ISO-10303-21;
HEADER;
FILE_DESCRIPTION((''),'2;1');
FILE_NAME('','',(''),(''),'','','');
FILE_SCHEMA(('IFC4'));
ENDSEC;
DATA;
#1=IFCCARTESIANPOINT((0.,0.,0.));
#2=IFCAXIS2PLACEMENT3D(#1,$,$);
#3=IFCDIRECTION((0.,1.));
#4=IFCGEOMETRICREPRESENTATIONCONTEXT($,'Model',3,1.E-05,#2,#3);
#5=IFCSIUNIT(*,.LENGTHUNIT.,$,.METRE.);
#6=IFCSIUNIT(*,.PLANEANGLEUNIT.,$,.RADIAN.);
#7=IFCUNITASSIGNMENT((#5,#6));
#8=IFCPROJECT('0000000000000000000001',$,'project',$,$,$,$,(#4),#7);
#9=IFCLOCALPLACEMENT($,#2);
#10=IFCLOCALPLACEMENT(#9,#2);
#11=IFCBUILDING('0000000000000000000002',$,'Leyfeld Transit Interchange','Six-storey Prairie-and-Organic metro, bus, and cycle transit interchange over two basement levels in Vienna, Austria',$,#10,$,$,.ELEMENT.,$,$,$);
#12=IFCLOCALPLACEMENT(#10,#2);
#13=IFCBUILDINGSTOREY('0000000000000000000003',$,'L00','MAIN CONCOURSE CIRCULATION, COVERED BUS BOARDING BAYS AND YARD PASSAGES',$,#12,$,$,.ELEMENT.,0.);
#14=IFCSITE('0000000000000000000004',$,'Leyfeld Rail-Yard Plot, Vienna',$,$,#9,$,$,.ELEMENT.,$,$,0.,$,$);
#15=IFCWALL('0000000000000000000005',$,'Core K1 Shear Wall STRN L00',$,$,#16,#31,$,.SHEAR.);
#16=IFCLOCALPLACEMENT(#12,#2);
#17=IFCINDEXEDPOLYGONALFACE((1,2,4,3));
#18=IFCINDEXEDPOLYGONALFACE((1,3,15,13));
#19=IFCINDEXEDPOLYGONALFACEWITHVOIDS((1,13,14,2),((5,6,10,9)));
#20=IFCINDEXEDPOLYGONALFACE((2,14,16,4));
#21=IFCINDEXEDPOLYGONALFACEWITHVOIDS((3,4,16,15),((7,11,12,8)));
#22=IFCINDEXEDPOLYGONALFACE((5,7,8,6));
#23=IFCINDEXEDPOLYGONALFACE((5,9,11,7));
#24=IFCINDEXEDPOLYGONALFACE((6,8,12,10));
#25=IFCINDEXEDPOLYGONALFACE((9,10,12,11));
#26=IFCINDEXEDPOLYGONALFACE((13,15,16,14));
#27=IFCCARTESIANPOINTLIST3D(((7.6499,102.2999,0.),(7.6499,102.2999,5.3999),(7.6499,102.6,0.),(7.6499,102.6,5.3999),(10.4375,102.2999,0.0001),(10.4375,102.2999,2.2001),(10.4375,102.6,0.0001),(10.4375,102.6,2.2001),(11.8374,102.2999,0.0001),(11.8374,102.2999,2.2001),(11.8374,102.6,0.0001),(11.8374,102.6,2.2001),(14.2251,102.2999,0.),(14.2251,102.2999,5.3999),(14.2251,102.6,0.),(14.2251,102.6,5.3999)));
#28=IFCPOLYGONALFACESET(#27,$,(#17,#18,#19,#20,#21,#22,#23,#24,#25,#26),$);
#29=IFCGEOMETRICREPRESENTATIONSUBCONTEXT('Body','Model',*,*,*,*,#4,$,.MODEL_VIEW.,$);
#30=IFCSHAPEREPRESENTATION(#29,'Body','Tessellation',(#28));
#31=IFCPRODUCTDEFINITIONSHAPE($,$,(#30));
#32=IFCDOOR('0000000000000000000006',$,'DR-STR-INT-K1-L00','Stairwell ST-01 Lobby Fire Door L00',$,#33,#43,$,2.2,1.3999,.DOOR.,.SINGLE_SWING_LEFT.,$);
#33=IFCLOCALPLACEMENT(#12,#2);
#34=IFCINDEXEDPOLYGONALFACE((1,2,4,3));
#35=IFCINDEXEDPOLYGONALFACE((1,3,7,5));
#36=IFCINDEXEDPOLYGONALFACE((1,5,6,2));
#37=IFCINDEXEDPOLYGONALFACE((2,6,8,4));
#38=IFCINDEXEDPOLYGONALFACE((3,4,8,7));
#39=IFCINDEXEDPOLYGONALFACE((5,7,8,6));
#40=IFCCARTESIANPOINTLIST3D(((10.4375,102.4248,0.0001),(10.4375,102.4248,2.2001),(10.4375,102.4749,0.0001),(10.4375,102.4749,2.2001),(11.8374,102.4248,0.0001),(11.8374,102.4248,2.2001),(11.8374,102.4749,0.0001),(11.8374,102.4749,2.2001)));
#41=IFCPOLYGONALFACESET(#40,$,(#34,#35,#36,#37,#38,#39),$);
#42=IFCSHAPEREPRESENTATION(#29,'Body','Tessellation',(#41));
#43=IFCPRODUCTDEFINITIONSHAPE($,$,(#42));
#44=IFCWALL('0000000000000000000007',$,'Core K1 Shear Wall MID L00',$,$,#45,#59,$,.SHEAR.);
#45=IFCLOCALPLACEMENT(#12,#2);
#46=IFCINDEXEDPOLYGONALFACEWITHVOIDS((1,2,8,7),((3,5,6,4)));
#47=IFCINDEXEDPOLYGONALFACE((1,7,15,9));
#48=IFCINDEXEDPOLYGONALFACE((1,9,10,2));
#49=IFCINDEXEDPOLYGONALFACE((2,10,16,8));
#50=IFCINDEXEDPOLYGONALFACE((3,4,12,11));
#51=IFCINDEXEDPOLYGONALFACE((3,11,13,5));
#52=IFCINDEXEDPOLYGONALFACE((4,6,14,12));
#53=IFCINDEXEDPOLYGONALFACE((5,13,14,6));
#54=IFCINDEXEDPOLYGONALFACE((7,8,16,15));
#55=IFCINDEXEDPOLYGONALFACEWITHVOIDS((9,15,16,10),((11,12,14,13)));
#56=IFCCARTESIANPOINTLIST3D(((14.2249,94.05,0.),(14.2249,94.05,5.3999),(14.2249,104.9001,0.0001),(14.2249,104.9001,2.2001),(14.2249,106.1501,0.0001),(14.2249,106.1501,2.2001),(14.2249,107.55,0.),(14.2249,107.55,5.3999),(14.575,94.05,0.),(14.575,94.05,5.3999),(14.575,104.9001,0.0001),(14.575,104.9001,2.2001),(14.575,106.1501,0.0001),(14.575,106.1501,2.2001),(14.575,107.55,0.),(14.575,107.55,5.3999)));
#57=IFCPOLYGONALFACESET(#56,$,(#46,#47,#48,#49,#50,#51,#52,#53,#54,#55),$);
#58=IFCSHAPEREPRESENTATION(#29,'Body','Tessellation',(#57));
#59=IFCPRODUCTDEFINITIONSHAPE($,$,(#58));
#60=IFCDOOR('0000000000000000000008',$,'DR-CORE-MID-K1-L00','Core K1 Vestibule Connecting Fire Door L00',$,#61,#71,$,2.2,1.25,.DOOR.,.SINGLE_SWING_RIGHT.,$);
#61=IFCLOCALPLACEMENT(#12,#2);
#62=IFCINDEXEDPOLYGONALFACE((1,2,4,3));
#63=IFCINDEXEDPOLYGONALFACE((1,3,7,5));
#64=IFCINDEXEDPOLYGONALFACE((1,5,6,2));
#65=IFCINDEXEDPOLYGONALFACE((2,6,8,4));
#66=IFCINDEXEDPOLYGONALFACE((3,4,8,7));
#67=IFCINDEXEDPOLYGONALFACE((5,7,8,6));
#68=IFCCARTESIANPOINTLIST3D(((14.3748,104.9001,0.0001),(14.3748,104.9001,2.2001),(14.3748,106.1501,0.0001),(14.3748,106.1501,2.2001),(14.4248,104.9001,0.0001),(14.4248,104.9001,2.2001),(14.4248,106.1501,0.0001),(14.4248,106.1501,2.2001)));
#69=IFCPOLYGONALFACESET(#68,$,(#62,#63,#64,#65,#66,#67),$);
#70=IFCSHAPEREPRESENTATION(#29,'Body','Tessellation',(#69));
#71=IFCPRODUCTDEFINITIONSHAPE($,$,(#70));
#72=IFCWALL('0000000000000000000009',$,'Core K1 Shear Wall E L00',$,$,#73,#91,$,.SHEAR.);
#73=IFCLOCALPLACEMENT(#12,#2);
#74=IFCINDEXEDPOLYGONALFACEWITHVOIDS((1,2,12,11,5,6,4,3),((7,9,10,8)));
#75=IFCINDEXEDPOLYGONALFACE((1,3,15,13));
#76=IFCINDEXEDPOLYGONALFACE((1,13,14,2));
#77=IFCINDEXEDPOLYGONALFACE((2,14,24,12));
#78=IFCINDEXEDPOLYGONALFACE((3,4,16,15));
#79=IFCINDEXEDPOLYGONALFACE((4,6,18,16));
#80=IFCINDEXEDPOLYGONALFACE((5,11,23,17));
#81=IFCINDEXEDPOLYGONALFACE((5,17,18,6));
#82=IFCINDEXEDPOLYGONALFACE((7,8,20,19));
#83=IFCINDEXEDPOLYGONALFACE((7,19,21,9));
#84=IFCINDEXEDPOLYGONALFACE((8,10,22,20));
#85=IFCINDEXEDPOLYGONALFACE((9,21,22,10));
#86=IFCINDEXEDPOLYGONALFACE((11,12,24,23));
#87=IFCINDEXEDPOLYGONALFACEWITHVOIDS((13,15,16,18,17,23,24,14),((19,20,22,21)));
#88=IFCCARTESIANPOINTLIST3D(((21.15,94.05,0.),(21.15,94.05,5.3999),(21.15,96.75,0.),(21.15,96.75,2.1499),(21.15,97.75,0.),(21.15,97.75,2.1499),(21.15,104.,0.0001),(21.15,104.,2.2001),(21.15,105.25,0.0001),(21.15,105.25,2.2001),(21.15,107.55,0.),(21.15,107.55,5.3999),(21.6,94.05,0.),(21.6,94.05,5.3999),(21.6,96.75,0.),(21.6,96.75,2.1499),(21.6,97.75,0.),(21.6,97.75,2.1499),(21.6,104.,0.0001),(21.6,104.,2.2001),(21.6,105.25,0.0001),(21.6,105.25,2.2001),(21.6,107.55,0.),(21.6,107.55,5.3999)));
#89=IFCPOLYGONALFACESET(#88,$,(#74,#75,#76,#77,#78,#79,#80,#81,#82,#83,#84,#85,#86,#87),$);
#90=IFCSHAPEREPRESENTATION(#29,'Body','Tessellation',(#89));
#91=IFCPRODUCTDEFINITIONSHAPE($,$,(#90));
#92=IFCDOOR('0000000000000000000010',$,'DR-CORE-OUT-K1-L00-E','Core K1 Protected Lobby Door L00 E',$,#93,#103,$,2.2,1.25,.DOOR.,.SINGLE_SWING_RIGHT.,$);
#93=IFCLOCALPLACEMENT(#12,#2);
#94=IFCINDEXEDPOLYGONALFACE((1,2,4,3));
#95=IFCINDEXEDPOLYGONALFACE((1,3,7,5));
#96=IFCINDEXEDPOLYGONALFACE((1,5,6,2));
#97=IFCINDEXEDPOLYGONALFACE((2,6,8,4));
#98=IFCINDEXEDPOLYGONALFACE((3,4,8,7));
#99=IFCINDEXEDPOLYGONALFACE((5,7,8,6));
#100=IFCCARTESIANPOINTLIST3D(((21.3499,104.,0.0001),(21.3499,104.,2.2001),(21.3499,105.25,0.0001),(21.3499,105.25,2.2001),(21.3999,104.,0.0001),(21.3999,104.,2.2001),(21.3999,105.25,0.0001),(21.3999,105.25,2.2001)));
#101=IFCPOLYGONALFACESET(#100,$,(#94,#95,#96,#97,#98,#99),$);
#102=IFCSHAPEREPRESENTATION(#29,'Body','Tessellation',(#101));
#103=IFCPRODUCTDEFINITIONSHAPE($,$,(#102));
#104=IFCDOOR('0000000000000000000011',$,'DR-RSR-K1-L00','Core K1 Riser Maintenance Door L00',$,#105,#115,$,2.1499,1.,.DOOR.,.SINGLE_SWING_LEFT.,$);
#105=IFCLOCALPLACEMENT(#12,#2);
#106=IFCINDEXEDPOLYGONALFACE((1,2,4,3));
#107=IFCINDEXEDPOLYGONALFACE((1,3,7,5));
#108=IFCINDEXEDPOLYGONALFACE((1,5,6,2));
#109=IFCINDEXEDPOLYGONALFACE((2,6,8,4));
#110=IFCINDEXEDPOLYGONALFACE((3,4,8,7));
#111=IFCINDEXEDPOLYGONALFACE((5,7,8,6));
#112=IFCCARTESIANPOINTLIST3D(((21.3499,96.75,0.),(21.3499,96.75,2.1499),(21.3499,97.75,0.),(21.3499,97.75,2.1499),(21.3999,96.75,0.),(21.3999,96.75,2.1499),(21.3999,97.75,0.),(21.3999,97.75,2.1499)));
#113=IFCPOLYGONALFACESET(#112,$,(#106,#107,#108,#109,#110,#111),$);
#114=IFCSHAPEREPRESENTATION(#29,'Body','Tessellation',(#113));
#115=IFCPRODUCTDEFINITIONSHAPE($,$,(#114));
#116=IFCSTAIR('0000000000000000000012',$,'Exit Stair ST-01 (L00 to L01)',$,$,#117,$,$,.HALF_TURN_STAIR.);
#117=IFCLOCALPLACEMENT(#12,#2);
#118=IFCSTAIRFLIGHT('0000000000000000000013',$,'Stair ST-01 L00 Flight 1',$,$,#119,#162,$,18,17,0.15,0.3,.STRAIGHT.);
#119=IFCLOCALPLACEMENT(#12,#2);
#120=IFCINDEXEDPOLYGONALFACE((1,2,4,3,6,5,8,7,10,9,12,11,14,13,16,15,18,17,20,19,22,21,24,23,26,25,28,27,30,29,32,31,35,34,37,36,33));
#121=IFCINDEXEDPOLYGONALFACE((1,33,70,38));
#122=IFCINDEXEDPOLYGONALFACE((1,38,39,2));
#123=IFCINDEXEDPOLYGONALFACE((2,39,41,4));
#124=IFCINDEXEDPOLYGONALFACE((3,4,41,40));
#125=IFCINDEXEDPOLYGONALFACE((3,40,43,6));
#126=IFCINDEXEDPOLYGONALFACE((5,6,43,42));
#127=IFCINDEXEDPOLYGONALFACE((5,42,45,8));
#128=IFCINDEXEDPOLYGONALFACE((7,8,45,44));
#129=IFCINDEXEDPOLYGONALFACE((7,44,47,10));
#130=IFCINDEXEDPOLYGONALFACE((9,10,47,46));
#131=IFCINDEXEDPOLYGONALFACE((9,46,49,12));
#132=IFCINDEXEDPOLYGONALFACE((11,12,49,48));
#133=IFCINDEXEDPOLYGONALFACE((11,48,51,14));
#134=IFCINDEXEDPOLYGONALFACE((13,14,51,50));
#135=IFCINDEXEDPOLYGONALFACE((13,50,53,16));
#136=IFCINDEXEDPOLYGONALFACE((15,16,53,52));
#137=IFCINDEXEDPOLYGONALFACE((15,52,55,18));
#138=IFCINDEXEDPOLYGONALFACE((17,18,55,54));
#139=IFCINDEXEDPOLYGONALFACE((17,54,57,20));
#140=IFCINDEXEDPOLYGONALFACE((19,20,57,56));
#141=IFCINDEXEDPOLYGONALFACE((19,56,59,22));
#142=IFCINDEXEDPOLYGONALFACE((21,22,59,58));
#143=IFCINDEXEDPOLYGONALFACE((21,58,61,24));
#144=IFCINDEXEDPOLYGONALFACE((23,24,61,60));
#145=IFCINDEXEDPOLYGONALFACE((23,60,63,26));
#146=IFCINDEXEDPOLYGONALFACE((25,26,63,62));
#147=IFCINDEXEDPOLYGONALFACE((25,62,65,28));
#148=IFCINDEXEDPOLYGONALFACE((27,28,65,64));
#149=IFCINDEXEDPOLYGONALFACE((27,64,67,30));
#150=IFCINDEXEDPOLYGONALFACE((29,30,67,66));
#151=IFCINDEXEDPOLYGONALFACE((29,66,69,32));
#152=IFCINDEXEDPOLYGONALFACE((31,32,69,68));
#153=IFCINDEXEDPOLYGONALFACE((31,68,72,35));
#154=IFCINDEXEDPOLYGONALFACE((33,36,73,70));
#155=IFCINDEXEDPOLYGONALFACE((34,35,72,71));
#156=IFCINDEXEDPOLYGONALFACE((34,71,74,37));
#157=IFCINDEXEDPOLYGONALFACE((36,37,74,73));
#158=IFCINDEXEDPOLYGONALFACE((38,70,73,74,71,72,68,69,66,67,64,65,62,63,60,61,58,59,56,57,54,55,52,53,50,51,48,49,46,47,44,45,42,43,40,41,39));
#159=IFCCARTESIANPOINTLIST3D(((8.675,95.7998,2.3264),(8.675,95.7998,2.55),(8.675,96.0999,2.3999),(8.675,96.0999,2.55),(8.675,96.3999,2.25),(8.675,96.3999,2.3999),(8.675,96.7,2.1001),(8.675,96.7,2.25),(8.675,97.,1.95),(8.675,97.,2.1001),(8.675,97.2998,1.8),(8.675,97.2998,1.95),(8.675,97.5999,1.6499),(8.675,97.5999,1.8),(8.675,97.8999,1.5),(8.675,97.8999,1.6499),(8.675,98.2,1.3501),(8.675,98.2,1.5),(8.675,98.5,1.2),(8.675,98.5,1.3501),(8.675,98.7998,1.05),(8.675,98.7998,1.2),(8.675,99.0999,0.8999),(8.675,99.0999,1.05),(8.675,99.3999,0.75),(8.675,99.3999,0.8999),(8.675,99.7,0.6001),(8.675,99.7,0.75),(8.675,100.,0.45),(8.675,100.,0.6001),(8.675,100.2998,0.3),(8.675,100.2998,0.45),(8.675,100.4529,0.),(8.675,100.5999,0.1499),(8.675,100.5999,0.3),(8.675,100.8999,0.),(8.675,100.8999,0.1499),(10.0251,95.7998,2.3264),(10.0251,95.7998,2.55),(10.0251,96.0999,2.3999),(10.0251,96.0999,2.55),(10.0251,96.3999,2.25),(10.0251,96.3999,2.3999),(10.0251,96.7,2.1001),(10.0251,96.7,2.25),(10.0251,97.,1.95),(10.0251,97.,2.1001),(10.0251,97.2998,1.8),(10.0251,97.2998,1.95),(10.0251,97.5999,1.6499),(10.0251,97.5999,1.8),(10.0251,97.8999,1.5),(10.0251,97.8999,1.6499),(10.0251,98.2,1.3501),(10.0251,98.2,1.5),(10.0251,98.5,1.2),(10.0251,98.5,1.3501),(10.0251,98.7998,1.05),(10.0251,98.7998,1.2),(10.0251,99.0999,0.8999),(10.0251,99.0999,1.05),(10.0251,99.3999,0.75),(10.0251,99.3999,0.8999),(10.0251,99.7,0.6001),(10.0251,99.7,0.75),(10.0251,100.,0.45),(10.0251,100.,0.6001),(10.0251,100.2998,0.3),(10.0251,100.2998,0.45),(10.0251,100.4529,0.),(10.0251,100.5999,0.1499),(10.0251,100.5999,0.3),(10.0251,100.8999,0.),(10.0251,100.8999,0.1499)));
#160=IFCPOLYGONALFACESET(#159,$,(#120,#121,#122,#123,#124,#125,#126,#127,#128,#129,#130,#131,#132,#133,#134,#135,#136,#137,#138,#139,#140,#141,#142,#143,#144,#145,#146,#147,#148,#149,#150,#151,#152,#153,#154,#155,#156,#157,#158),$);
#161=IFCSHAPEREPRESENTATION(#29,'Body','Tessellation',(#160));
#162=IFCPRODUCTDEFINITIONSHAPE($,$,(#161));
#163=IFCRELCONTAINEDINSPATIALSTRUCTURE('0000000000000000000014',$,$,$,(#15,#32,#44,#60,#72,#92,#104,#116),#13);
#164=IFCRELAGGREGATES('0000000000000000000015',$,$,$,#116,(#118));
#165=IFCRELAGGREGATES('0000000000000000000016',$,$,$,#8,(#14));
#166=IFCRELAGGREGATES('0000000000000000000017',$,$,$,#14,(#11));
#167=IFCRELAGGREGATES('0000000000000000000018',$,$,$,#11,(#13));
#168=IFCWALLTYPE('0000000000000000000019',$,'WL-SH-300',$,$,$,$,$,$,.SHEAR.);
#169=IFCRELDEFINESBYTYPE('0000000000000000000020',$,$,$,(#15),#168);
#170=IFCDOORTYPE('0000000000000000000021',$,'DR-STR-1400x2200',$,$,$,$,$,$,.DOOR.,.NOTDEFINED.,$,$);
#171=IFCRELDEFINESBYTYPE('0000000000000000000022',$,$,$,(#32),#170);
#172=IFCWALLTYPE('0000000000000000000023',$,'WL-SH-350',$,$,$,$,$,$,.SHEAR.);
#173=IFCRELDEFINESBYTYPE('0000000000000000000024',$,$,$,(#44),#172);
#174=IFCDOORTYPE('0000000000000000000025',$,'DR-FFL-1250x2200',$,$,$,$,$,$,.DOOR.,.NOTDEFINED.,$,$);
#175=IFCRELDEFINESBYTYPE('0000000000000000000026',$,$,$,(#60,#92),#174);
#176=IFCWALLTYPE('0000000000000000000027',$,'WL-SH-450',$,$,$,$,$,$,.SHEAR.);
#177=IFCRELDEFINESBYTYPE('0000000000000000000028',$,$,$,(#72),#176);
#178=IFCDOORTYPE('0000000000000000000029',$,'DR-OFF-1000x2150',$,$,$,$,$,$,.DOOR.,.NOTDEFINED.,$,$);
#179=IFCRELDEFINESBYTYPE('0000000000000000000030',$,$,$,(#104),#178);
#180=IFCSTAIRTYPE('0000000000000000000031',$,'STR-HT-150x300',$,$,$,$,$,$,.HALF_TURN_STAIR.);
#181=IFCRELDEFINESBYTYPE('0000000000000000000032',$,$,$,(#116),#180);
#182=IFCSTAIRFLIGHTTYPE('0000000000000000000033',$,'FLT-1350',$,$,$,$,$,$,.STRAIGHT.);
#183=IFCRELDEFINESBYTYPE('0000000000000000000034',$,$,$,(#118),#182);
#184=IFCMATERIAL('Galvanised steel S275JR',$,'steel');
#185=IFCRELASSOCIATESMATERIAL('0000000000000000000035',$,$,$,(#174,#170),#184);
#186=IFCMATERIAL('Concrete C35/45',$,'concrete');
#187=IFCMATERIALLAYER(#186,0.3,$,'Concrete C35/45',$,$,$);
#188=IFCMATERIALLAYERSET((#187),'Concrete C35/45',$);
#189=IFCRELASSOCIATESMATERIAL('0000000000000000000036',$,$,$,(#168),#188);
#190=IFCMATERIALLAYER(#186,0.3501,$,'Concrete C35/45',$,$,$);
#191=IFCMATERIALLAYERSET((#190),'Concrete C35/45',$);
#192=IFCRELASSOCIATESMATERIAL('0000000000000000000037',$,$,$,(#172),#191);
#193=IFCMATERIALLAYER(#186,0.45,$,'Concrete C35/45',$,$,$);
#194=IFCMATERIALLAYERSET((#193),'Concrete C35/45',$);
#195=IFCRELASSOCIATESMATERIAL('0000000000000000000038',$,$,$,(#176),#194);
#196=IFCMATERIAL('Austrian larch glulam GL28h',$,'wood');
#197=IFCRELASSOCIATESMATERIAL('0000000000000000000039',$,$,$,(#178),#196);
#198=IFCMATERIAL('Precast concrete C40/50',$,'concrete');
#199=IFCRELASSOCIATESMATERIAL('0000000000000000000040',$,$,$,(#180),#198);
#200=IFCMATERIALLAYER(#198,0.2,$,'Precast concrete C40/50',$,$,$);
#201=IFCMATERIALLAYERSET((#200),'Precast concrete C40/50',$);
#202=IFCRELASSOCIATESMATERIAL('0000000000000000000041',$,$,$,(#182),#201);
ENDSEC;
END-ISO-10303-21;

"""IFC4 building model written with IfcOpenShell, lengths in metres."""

from ifc_helpers import new_model, si_unit, direction, frame, frame_2d, origin, place, context, subcontext, project, spatial, polyline, rectangle, outline, extrude, material, layer, layer_set, type_object, element, fill, aggregate, save


model = new_model("IFC4")

# Units and contexts
model_context = context("Model", 3, precision=1e-05, world=origin(), true_north=direction((0.0, 1.0)))
body_context = subcontext(model_context, "Body", "Model", "MODEL_VIEW")
ifc_project = project(units=[si_unit("LENGTHUNIT", "METRE"), si_unit("PLANEANGLEUNIT", "RADIAN")], contexts=[model_context])

# Site, building, storey
site_placement = place(None, origin())
site = spatial("IfcSite", under=ifc_project, at=site_placement, Name="Leyfeld Rail-Yard Plot, Vienna", CompositionType="ELEMENT", RefElevation=0.0)
building_placement = place(site_placement, origin())
building = spatial("IfcBuilding", under=site, at=building_placement, Name="Leyfeld Transit Interchange", Description="Six-storey Prairie-and-Organic metro, bus, and cycle transit interchange over two basement levels in Vienna, Austria", CompositionType="ELEMENT")
storey_placement = place(building_placement, origin())
storey = spatial("IfcBuildingStorey", under=building, at=storey_placement, Name="L00", Description="MAIN CONCOURSE CIRCULATION, COVERED BUS BOARDING BAYS AND YARD PASSAGES", CompositionType="ELEMENT", Elevation=0.0)

# Shared definitions
ifc_material_1 = material(Name="Concrete C35/45", Category="concrete")

# Shared definitions
ifc_material_2 = material(Name="Galvanised steel S275JR", Category="steel")
door_type_1 = type_object("IfcDoorType", Name="DR-FFL-1250x2200", OperationType="NOTDEFINED", PredefinedType="DOOR", material=ifc_material_2)

# Walls, openings, doors
ifc_layer_1 = layer(ifc_material_1, 0.3, Name="Concrete C35/45")
ifc_layer_set_1 = layer_set([ifc_layer_1], Name="Concrete C35/45")
wall_type_1 = type_object("IfcWallType", Name="WL-SH-300", PredefinedType="SHEAR", material=ifc_layer_set_1)
wall_1_placement = place(storey_placement, frame((7.6499, 102.45, 0.0), z_axis=(0.0, 0.0, 1.0), x_axis=(1.0, 0.0, 0.0)))
wall_1 = element("IfcWall", 1, at=wall_1_placement, inside=storey, type_object=wall_type_1, Name="Core K1 Shear Wall STRN L00", PredefinedType="SHEAR", context=body_context, shape_type="SweptSolid", body=[
    extrude(rectangle(XDim=6.5752, YDim=0.3, at=frame_2d((3.2876, 0.0))), origin(), (0.0, 0.0, 1.0), 5.3999),
])
opening_1_placement = place(wall_1_placement, frame((2.7876, 0.0, 0.0)))
opening_1 = element("IfcOpeningElement", 2, at=opening_1_placement, cuts=wall_1, PredefinedType="OPENING", context=body_context, shape_type="SweptSolid", body=[
    extrude(rectangle(XDim=1.3999, YDim=2.2, at=frame_2d((0.7, 1.1001))), frame((0.0, 0.1599, 0.0), z_axis=(0.0, -1.0, 0.0), x_axis=(1.0, 0.0, 0.0)), (0.0, 0.0, 1.0), 0.3201),
])
door_type_2 = type_object("IfcDoorType", Name="DR-STR-1400x2200", OperationType="NOTDEFINED", PredefinedType="DOOR", material=ifc_material_2)
door_1_placement = place(opening_1_placement, origin())
door_1 = element("IfcDoor", 3, at=door_1_placement, inside=storey, type_object=door_type_2, Name="DR-STR-INT-K1-L00", Description="Stairwell ST-01 Lobby Fire Door L00", OperationType="SINGLE_SWING_LEFT", OverallHeight=2.2, OverallWidth=1.3999, PredefinedType="DOOR", context=body_context, shape_type="SweptSolid", body=[
    extrude(rectangle(XDim=1.3999, YDim=2.2, at=frame_2d((0.7, 1.1001))), frame((0.0, 0.0249, 0.0), z_axis=(0.0, -1.0, 0.0), x_axis=(1.0, 0.0, 0.0)), (0.0, 0.0, 1.0), 0.05),
])
fill(opening_1, door_1)
ifc_layer_2 = layer(ifc_material_1, 0.3501, Name="Concrete C35/45")
ifc_layer_set_2 = layer_set([ifc_layer_2], Name="Concrete C35/45")
wall_type_2 = type_object("IfcWallType", Name="WL-SH-350", PredefinedType="SHEAR", material=ifc_layer_set_2)
wall_2_placement = place(storey_placement, frame((14.3999, 107.55, 0.0), z_axis=(0.0, 0.0, 1.0), x_axis=(0.0, -1.0, 0.0)))
wall_2 = element("IfcWall", 4, at=wall_2_placement, inside=storey, type_object=wall_type_2, Name="Core K1 Shear Wall MID L00", PredefinedType="SHEAR", context=body_context, shape_type="SweptSolid", body=[
    extrude(rectangle(XDim=13.5, YDim=0.3501, at=frame_2d((6.75, 0.0))), origin(), (0.0, 0.0, 1.0), 5.3999),
])
opening_2_placement = place(wall_2_placement, frame((1.3999, 0.0, 0.0)))
opening_2 = element("IfcOpeningElement", 5, at=opening_2_placement, cuts=wall_2, PredefinedType="OPENING", context=body_context, shape_type="SweptSolid", body=[
    extrude(rectangle(XDim=1.25, YDim=2.2, at=frame_2d((0.625, 1.1001))), frame((0.0, 0.1851, 0.0), z_axis=(0.0, -1.0, 0.0), x_axis=(1.0, 0.0, 0.0)), (0.0, 0.0, 1.0), 0.3701),
])
door_2_placement = place(opening_2_placement, origin())
door_2 = element("IfcDoor", 6, at=door_2_placement, inside=storey, type_object=door_type_1, Name="DR-CORE-MID-K1-L00", Description="Core K1 Vestibule Connecting Fire Door L00", OperationType="SINGLE_SWING_RIGHT", OverallHeight=2.2, OverallWidth=1.25, PredefinedType="DOOR", context=body_context, shape_type="SweptSolid", body=[
    extrude(rectangle(XDim=1.25, YDim=2.2, at=frame_2d((0.625, 1.1001))), frame((0.0, 0.0249, 0.0), z_axis=(0.0, -1.0, 0.0), x_axis=(1.0, 0.0, 0.0)), (0.0, 0.0, 1.0), 0.05),
])
fill(opening_2, door_2)

# Wall, openings, doors
ifc_layer_3 = layer(ifc_material_1, 0.45, Name="Concrete C35/45")
ifc_layer_set_3 = layer_set([ifc_layer_3], Name="Concrete C35/45")
wall_type_3 = type_object("IfcWallType", Name="WL-SH-450", PredefinedType="SHEAR", material=ifc_layer_set_3)
wall_3_placement = place(storey_placement, frame((21.375, 107.55, 0.0), z_axis=(0.0, 0.0, 1.0), x_axis=(0.0, -1.0, 0.0)))
wall_3 = element("IfcWall", 7, at=wall_3_placement, inside=storey, type_object=wall_type_3, Name="Core K1 Shear Wall E L00", PredefinedType="SHEAR", context=body_context, shape_type="SweptSolid", body=[
    extrude(rectangle(XDim=13.5, YDim=0.45, at=frame_2d((6.75, 0.0))), origin(), (0.0, 0.0, 1.0), 5.3999),
])
opening_3_placement = place(wall_3_placement, frame((9.8, 0.0, 0.0)))
opening_3 = element("IfcOpeningElement", 8, at=opening_3_placement, cuts=wall_3, PredefinedType="OPENING", context=body_context, shape_type="SweptSolid", body=[
    extrude(rectangle(XDim=1.0, YDim=2.1499, at=frame_2d((0.5, 1.075))), frame((0.0, 0.2349, 0.0), z_axis=(0.0, -1.0, 0.0), x_axis=(1.0, 0.0, 0.0)), (0.0, 0.0, 1.0), 0.47),
])
opening_4_placement = place(wall_3_placement, frame((2.3, 0.0, 0.0)))
opening_4 = element("IfcOpeningElement", 9, at=opening_4_placement, cuts=wall_3, PredefinedType="OPENING", context=body_context, shape_type="SweptSolid", body=[
    extrude(rectangle(XDim=1.25, YDim=2.2, at=frame_2d((0.625, 1.1001))), frame((0.0, 0.2349, 0.0), z_axis=(0.0, -1.0, 0.0), x_axis=(1.0, 0.0, 0.0)), (0.0, 0.0, 1.0), 0.47),
])
door_3_placement = place(opening_4_placement, origin())
door_3 = element("IfcDoor", 10, at=door_3_placement, inside=storey, type_object=door_type_1, Name="DR-CORE-OUT-K1-L00-E", Description="Core K1 Protected Lobby Door L00 E", OperationType="SINGLE_SWING_RIGHT", OverallHeight=2.2, OverallWidth=1.25, PredefinedType="DOOR", context=body_context, shape_type="SweptSolid", body=[
    extrude(rectangle(XDim=1.25, YDim=2.2, at=frame_2d((0.625, 1.1001))), frame((0.0, 0.0249, 0.0), z_axis=(0.0, -1.0, 0.0), x_axis=(1.0, 0.0, 0.0)), (0.0, 0.0, 1.0), 0.05),
])
fill(opening_4, door_3)
ifc_material_3 = material(Name="Austrian larch glulam GL28h", Category="wood")
door_type_3 = type_object("IfcDoorType", Name="DR-OFF-1000x2150", OperationType="NOTDEFINED", PredefinedType="DOOR", material=ifc_material_3)
door_4_placement = place(opening_3_placement, origin())
door_4 = element("IfcDoor", 11, at=door_4_placement, inside=storey, type_object=door_type_3, Name="DR-RSR-K1-L00", Description="Core K1 Riser Maintenance Door L00", OperationType="SINGLE_SWING_LEFT", OverallHeight=2.1499, OverallWidth=1.0, PredefinedType="DOOR", context=body_context, shape_type="SweptSolid", body=[
    extrude(rectangle(XDim=1.0, YDim=2.1499, at=frame_2d((0.5, 1.075))), frame((0.0, 0.0249, 0.0), z_axis=(0.0, -1.0, 0.0), x_axis=(1.0, 0.0, 0.0)), (0.0, 0.0, 1.0), 0.05),
])
fill(opening_3, door_4)

# Stair, stair flight
ifc_material_4 = material(Name="Precast concrete C40/50", Category="concrete")
stair_type = type_object("IfcStairType", Name="STR-HT-150x300", PredefinedType="HALF_TURN_STAIR", material=ifc_material_4)
stair_placement = place(storey_placement, origin())
stair = element("IfcStair", 12, at=stair_placement, inside=storey, type_object=stair_type, Name="Exit Stair ST-01 (L00 to L01)", PredefinedType="HALF_TURN_STAIR")
ifc_layer_4 = layer(ifc_material_4, 0.2, Name="Precast concrete C40/50")
ifc_layer_set_4 = layer_set([ifc_layer_4], Name="Precast concrete C40/50")
stair_flight_type = type_object("IfcStairFlightType", Name="FLT-1350", PredefinedType="STRAIGHT", material=ifc_layer_set_4)
stair_flight_placement = place(storey_placement, frame((9.3501, 100.8999, 0.0), z_axis=(0.0, 0.0, 1.0), x_axis=(0.0, -1.0, 0.0)))
stair_flight = element("IfcStairFlight", 13, at=stair_flight_placement, type_object=stair_flight_type, Name="Stair ST-01 L00 Flight 1", NumberOfRisers=18, NumberOfTreads=17, PredefinedType="STRAIGHT", RiserHeight=0.15, TreadLength=0.3, context=body_context, shape_type="SweptSolid", body=[
    extrude(outline(polyline([(0.0, 0.0), (0.0, 0.1499), (0.3, 0.1499), (0.3, 0.3), (0.6001, 0.3), (0.6001, 0.45), (0.8999, 0.45), (0.8999, 0.6001), (1.2, 0.6001), (1.2, 0.75), (1.5, 0.75), (1.5, 0.8999), (1.8, 0.8999), (1.8, 1.05), (2.1001, 1.05), (2.1001, 1.2), (2.3999, 1.2), (2.3999, 1.3501), (2.7, 1.3501), (2.7, 1.5), (3.0, 1.5), (3.0, 1.6499), (3.3, 1.6499), (3.3, 1.8), (3.6001, 1.8), (3.6001, 1.95), (3.8999, 1.95), (3.8999, 2.1001), (4.2, 2.1001), (4.2, 2.25), (4.5, 2.25), (4.5, 2.3999), (4.8, 2.3999), (4.8, 2.55), (5.1001, 2.55), (5.1001, 2.7), (5.1001, 2.3264), (0.447, 0.0), (0.0, 0.0)])), frame((0.0, 0.675, 0.0), z_axis=(0.0, -1.0, 0.0), x_axis=(1.0, 0.0, 0.0)), (0.0, 0.0, 1.0), 1.3501),
])
aggregate(stair, [stair_flight])

save(model, "model.ifc")
